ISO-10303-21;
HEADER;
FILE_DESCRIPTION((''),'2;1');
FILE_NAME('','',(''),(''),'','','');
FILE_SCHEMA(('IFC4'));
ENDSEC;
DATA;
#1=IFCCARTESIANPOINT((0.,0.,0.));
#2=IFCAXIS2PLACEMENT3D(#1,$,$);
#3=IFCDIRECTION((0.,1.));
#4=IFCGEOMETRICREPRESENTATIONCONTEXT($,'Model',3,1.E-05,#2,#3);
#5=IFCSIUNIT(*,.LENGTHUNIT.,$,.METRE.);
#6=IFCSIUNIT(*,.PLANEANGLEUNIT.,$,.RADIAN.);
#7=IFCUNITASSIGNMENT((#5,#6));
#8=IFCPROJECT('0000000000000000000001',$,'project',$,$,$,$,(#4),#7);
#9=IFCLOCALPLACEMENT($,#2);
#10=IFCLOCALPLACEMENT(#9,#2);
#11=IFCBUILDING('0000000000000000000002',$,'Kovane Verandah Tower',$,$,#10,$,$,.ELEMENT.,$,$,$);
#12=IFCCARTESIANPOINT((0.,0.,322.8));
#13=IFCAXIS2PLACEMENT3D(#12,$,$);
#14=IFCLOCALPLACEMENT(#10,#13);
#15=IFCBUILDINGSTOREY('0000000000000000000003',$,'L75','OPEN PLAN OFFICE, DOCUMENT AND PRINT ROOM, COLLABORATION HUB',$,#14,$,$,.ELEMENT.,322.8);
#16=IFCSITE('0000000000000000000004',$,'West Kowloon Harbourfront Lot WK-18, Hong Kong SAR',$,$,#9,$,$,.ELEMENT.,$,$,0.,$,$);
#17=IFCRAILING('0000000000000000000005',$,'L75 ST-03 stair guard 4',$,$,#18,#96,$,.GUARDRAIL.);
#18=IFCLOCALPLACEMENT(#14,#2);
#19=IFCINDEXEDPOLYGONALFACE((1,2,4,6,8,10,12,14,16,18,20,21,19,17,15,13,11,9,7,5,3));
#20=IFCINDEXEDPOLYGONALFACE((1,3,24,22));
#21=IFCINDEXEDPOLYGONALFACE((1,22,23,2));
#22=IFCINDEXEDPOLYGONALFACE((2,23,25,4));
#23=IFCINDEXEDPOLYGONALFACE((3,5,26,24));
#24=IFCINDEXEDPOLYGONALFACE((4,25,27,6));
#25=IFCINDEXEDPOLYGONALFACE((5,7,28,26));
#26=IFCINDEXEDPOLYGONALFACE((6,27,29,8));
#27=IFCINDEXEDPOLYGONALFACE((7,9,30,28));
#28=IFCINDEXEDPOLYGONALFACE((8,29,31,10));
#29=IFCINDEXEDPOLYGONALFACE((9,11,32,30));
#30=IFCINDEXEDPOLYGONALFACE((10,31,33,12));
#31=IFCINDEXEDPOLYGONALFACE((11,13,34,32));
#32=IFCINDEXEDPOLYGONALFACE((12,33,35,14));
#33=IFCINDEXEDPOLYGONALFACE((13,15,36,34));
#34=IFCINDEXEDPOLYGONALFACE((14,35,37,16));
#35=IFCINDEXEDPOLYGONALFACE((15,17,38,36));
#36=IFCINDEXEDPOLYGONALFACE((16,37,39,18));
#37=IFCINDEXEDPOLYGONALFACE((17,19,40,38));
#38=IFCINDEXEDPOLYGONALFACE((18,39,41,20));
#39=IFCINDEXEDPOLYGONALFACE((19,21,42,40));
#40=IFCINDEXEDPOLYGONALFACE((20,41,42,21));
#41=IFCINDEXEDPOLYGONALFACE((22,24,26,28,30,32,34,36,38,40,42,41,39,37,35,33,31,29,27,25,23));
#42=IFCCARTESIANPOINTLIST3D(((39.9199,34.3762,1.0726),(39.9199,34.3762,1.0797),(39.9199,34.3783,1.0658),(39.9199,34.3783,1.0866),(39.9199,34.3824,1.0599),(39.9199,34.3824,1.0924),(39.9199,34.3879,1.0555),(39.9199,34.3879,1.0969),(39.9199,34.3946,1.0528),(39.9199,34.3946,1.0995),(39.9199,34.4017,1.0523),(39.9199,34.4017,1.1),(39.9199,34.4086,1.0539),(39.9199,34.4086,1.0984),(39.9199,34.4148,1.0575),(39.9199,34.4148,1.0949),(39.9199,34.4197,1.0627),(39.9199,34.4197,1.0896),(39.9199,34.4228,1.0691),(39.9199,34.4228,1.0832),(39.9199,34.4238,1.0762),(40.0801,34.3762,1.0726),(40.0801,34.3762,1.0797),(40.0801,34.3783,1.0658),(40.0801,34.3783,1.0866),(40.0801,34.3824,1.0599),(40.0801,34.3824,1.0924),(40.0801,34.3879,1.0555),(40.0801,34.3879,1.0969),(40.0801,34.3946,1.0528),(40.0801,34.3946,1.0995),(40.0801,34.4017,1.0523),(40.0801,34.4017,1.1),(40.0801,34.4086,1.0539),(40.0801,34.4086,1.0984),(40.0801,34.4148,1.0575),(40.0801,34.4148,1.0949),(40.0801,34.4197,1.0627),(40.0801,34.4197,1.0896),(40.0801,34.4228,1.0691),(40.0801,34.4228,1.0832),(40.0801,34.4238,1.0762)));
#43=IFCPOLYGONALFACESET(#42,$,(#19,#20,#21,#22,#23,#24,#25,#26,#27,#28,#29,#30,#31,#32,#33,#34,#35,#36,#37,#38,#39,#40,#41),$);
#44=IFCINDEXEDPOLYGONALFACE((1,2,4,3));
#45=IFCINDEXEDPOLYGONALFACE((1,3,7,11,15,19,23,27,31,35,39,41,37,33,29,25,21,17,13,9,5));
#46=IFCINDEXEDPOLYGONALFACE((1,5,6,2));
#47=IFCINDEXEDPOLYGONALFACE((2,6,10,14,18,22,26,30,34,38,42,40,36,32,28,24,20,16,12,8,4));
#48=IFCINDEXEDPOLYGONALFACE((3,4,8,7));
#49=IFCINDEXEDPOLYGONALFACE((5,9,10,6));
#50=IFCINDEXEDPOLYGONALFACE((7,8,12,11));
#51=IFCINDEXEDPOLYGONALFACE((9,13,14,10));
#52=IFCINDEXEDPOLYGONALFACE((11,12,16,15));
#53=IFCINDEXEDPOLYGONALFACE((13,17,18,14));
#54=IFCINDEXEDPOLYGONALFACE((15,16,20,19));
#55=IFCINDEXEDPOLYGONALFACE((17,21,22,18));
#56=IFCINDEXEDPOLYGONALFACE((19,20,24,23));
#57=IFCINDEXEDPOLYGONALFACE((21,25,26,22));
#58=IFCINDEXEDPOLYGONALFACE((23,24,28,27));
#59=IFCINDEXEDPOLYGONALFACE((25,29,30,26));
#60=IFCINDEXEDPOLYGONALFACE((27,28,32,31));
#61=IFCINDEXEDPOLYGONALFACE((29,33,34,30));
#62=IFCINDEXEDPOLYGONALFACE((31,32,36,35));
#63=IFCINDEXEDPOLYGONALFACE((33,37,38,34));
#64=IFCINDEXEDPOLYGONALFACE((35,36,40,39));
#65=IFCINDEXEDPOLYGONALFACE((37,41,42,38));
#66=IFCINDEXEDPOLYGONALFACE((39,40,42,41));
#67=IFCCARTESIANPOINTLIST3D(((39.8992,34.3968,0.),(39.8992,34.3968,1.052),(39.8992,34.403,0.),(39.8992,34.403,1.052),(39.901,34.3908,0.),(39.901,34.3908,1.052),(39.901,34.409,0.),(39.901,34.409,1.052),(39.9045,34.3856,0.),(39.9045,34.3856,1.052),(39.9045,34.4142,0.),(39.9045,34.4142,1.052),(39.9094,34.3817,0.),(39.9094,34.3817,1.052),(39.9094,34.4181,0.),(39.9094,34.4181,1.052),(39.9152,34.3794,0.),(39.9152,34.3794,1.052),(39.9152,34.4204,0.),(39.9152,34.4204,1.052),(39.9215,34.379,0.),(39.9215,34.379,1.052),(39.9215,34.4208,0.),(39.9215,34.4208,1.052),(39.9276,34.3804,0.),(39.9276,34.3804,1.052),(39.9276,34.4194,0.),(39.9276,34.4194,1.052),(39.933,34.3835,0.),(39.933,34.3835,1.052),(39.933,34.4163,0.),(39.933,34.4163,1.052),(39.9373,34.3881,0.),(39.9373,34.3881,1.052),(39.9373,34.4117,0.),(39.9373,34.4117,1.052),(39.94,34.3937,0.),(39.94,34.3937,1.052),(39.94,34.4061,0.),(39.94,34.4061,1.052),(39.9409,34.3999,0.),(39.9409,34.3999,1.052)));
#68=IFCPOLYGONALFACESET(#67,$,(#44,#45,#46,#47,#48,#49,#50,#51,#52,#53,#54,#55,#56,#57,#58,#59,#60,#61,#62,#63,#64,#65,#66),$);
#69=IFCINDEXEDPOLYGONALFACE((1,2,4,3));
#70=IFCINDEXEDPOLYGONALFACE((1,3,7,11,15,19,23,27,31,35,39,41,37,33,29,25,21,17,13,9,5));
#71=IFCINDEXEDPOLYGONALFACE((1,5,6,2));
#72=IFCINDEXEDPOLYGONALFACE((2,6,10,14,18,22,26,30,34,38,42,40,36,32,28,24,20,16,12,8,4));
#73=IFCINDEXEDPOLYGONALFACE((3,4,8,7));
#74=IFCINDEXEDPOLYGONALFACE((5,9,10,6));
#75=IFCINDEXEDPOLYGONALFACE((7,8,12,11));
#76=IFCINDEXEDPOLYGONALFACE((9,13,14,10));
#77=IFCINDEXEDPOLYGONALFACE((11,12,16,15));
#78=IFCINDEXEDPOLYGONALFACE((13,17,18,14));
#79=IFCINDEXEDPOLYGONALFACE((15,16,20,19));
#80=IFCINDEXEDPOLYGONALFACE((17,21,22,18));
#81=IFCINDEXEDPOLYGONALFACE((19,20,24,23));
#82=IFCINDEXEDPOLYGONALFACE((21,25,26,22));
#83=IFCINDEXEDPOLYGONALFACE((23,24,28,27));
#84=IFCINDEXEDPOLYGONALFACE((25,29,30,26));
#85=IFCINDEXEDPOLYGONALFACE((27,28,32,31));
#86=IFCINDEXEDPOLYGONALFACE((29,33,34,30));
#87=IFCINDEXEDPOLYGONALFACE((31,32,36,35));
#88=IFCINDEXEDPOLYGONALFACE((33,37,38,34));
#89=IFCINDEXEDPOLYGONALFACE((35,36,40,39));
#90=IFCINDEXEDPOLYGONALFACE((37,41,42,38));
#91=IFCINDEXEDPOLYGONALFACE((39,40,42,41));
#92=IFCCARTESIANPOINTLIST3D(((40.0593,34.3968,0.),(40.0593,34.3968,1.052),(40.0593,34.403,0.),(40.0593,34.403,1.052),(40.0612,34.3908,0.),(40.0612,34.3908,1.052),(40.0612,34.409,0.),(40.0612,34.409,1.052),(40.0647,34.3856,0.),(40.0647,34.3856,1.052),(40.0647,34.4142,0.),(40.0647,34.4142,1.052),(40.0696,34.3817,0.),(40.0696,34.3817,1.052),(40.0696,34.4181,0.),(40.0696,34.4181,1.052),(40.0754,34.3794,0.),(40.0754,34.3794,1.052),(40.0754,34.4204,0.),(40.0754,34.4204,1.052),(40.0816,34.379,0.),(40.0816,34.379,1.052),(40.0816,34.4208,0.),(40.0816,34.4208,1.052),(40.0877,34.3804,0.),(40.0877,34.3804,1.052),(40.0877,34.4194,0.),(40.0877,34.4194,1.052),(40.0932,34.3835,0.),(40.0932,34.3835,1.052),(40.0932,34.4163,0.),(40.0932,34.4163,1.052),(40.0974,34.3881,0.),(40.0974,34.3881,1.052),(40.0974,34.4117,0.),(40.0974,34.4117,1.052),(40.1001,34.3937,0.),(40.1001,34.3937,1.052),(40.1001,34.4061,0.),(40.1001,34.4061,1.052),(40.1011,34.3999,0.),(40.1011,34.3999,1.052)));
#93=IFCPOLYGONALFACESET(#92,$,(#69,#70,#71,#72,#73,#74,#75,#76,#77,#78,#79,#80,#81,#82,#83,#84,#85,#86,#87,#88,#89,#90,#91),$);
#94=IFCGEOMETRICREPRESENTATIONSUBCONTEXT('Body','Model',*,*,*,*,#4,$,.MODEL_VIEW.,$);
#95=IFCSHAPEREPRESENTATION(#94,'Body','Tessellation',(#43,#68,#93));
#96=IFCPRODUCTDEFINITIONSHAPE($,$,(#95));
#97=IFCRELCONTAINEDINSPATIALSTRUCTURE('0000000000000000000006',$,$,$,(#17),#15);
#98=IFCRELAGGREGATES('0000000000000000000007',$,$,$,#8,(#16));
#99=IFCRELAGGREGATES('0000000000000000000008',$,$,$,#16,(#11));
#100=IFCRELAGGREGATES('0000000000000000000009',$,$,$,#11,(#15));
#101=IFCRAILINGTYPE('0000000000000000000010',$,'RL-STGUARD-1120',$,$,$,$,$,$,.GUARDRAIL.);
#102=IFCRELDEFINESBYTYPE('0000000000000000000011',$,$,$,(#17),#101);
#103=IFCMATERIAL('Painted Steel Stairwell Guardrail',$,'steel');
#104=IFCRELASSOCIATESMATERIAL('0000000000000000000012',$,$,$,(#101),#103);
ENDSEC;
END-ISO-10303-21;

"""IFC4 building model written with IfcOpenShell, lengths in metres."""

from ifc_helpers import new_model, si_unit, direction, frame, origin, origin_2d, place, context, subcontext, project, spatial, circle, extrude, material, type_object, element, save


model = new_model("IFC4")

# Units and contexts
model_context = context("Model", 3, precision=1e-05, world=origin(), true_north=direction((0.0, 1.0)))
body_context = subcontext(model_context, "Body", "Model", "MODEL_VIEW")
ifc_project = project(units=[si_unit("LENGTHUNIT", "METRE"), si_unit("PLANEANGLEUNIT", "RADIAN")], contexts=[model_context])

# Site, building, storey
site_placement = place(None, origin())
site = spatial("IfcSite", under=ifc_project, at=site_placement, Name="West Kowloon Harbourfront Lot WK-18, Hong Kong SAR", CompositionType="ELEMENT", RefElevation=0.0)
building_placement = place(site_placement, origin())
building = spatial("IfcBuilding", under=site, at=building_placement, Name="Kovane Verandah Tower", CompositionType="ELEMENT")
storey_placement = place(building_placement, frame((0.0, 0.0, 322.8)))
storey = spatial("IfcBuildingStorey", under=building, at=storey_placement, Name="L75", Description="OPEN PLAN OFFICE, DOCUMENT AND PRINT ROOM, COLLABORATION HUB", CompositionType="ELEMENT", Elevation=322.8)

# Railing
ifc_material_1 = material(Name="Painted Steel Stairwell Guardrail", Category="steel")
railing_type = type_object("IfcRailingType", Name="RL-STGUARD-1120", PredefinedType="GUARDRAIL", material=ifc_material_1)
railing_1_placement = place(storey_placement, frame((39.9199, 34.3999, 0.0)))
element("IfcRailing", 1, at=railing_1_placement, inside=storey, type_object=railing_type, Name="L75 ST-03 stair guard 4", PredefinedType="GUARDRAIL", context=body_context, shape_type="SweptSolid", body=[
    extrude(circle(Radius=0.0239, at=origin_2d()), frame((0.0, 0.0, 1.0762), z_axis=(1.0, 0.0, 0.0), x_axis=(0.0, 1.0, 0.0)), (0.0, 0.0, 1.0), 0.1602),
    extrude(circle(Radius=0.021, at=origin_2d()), origin(), (0.0, 0.0, 1.0), 1.052),
    extrude(circle(Radius=0.021, at=origin_2d()), frame((0.1602, 0.0, 0.0)), (0.0, 0.0, 1.0), 1.052),
])

save(model, "model.ifc")
